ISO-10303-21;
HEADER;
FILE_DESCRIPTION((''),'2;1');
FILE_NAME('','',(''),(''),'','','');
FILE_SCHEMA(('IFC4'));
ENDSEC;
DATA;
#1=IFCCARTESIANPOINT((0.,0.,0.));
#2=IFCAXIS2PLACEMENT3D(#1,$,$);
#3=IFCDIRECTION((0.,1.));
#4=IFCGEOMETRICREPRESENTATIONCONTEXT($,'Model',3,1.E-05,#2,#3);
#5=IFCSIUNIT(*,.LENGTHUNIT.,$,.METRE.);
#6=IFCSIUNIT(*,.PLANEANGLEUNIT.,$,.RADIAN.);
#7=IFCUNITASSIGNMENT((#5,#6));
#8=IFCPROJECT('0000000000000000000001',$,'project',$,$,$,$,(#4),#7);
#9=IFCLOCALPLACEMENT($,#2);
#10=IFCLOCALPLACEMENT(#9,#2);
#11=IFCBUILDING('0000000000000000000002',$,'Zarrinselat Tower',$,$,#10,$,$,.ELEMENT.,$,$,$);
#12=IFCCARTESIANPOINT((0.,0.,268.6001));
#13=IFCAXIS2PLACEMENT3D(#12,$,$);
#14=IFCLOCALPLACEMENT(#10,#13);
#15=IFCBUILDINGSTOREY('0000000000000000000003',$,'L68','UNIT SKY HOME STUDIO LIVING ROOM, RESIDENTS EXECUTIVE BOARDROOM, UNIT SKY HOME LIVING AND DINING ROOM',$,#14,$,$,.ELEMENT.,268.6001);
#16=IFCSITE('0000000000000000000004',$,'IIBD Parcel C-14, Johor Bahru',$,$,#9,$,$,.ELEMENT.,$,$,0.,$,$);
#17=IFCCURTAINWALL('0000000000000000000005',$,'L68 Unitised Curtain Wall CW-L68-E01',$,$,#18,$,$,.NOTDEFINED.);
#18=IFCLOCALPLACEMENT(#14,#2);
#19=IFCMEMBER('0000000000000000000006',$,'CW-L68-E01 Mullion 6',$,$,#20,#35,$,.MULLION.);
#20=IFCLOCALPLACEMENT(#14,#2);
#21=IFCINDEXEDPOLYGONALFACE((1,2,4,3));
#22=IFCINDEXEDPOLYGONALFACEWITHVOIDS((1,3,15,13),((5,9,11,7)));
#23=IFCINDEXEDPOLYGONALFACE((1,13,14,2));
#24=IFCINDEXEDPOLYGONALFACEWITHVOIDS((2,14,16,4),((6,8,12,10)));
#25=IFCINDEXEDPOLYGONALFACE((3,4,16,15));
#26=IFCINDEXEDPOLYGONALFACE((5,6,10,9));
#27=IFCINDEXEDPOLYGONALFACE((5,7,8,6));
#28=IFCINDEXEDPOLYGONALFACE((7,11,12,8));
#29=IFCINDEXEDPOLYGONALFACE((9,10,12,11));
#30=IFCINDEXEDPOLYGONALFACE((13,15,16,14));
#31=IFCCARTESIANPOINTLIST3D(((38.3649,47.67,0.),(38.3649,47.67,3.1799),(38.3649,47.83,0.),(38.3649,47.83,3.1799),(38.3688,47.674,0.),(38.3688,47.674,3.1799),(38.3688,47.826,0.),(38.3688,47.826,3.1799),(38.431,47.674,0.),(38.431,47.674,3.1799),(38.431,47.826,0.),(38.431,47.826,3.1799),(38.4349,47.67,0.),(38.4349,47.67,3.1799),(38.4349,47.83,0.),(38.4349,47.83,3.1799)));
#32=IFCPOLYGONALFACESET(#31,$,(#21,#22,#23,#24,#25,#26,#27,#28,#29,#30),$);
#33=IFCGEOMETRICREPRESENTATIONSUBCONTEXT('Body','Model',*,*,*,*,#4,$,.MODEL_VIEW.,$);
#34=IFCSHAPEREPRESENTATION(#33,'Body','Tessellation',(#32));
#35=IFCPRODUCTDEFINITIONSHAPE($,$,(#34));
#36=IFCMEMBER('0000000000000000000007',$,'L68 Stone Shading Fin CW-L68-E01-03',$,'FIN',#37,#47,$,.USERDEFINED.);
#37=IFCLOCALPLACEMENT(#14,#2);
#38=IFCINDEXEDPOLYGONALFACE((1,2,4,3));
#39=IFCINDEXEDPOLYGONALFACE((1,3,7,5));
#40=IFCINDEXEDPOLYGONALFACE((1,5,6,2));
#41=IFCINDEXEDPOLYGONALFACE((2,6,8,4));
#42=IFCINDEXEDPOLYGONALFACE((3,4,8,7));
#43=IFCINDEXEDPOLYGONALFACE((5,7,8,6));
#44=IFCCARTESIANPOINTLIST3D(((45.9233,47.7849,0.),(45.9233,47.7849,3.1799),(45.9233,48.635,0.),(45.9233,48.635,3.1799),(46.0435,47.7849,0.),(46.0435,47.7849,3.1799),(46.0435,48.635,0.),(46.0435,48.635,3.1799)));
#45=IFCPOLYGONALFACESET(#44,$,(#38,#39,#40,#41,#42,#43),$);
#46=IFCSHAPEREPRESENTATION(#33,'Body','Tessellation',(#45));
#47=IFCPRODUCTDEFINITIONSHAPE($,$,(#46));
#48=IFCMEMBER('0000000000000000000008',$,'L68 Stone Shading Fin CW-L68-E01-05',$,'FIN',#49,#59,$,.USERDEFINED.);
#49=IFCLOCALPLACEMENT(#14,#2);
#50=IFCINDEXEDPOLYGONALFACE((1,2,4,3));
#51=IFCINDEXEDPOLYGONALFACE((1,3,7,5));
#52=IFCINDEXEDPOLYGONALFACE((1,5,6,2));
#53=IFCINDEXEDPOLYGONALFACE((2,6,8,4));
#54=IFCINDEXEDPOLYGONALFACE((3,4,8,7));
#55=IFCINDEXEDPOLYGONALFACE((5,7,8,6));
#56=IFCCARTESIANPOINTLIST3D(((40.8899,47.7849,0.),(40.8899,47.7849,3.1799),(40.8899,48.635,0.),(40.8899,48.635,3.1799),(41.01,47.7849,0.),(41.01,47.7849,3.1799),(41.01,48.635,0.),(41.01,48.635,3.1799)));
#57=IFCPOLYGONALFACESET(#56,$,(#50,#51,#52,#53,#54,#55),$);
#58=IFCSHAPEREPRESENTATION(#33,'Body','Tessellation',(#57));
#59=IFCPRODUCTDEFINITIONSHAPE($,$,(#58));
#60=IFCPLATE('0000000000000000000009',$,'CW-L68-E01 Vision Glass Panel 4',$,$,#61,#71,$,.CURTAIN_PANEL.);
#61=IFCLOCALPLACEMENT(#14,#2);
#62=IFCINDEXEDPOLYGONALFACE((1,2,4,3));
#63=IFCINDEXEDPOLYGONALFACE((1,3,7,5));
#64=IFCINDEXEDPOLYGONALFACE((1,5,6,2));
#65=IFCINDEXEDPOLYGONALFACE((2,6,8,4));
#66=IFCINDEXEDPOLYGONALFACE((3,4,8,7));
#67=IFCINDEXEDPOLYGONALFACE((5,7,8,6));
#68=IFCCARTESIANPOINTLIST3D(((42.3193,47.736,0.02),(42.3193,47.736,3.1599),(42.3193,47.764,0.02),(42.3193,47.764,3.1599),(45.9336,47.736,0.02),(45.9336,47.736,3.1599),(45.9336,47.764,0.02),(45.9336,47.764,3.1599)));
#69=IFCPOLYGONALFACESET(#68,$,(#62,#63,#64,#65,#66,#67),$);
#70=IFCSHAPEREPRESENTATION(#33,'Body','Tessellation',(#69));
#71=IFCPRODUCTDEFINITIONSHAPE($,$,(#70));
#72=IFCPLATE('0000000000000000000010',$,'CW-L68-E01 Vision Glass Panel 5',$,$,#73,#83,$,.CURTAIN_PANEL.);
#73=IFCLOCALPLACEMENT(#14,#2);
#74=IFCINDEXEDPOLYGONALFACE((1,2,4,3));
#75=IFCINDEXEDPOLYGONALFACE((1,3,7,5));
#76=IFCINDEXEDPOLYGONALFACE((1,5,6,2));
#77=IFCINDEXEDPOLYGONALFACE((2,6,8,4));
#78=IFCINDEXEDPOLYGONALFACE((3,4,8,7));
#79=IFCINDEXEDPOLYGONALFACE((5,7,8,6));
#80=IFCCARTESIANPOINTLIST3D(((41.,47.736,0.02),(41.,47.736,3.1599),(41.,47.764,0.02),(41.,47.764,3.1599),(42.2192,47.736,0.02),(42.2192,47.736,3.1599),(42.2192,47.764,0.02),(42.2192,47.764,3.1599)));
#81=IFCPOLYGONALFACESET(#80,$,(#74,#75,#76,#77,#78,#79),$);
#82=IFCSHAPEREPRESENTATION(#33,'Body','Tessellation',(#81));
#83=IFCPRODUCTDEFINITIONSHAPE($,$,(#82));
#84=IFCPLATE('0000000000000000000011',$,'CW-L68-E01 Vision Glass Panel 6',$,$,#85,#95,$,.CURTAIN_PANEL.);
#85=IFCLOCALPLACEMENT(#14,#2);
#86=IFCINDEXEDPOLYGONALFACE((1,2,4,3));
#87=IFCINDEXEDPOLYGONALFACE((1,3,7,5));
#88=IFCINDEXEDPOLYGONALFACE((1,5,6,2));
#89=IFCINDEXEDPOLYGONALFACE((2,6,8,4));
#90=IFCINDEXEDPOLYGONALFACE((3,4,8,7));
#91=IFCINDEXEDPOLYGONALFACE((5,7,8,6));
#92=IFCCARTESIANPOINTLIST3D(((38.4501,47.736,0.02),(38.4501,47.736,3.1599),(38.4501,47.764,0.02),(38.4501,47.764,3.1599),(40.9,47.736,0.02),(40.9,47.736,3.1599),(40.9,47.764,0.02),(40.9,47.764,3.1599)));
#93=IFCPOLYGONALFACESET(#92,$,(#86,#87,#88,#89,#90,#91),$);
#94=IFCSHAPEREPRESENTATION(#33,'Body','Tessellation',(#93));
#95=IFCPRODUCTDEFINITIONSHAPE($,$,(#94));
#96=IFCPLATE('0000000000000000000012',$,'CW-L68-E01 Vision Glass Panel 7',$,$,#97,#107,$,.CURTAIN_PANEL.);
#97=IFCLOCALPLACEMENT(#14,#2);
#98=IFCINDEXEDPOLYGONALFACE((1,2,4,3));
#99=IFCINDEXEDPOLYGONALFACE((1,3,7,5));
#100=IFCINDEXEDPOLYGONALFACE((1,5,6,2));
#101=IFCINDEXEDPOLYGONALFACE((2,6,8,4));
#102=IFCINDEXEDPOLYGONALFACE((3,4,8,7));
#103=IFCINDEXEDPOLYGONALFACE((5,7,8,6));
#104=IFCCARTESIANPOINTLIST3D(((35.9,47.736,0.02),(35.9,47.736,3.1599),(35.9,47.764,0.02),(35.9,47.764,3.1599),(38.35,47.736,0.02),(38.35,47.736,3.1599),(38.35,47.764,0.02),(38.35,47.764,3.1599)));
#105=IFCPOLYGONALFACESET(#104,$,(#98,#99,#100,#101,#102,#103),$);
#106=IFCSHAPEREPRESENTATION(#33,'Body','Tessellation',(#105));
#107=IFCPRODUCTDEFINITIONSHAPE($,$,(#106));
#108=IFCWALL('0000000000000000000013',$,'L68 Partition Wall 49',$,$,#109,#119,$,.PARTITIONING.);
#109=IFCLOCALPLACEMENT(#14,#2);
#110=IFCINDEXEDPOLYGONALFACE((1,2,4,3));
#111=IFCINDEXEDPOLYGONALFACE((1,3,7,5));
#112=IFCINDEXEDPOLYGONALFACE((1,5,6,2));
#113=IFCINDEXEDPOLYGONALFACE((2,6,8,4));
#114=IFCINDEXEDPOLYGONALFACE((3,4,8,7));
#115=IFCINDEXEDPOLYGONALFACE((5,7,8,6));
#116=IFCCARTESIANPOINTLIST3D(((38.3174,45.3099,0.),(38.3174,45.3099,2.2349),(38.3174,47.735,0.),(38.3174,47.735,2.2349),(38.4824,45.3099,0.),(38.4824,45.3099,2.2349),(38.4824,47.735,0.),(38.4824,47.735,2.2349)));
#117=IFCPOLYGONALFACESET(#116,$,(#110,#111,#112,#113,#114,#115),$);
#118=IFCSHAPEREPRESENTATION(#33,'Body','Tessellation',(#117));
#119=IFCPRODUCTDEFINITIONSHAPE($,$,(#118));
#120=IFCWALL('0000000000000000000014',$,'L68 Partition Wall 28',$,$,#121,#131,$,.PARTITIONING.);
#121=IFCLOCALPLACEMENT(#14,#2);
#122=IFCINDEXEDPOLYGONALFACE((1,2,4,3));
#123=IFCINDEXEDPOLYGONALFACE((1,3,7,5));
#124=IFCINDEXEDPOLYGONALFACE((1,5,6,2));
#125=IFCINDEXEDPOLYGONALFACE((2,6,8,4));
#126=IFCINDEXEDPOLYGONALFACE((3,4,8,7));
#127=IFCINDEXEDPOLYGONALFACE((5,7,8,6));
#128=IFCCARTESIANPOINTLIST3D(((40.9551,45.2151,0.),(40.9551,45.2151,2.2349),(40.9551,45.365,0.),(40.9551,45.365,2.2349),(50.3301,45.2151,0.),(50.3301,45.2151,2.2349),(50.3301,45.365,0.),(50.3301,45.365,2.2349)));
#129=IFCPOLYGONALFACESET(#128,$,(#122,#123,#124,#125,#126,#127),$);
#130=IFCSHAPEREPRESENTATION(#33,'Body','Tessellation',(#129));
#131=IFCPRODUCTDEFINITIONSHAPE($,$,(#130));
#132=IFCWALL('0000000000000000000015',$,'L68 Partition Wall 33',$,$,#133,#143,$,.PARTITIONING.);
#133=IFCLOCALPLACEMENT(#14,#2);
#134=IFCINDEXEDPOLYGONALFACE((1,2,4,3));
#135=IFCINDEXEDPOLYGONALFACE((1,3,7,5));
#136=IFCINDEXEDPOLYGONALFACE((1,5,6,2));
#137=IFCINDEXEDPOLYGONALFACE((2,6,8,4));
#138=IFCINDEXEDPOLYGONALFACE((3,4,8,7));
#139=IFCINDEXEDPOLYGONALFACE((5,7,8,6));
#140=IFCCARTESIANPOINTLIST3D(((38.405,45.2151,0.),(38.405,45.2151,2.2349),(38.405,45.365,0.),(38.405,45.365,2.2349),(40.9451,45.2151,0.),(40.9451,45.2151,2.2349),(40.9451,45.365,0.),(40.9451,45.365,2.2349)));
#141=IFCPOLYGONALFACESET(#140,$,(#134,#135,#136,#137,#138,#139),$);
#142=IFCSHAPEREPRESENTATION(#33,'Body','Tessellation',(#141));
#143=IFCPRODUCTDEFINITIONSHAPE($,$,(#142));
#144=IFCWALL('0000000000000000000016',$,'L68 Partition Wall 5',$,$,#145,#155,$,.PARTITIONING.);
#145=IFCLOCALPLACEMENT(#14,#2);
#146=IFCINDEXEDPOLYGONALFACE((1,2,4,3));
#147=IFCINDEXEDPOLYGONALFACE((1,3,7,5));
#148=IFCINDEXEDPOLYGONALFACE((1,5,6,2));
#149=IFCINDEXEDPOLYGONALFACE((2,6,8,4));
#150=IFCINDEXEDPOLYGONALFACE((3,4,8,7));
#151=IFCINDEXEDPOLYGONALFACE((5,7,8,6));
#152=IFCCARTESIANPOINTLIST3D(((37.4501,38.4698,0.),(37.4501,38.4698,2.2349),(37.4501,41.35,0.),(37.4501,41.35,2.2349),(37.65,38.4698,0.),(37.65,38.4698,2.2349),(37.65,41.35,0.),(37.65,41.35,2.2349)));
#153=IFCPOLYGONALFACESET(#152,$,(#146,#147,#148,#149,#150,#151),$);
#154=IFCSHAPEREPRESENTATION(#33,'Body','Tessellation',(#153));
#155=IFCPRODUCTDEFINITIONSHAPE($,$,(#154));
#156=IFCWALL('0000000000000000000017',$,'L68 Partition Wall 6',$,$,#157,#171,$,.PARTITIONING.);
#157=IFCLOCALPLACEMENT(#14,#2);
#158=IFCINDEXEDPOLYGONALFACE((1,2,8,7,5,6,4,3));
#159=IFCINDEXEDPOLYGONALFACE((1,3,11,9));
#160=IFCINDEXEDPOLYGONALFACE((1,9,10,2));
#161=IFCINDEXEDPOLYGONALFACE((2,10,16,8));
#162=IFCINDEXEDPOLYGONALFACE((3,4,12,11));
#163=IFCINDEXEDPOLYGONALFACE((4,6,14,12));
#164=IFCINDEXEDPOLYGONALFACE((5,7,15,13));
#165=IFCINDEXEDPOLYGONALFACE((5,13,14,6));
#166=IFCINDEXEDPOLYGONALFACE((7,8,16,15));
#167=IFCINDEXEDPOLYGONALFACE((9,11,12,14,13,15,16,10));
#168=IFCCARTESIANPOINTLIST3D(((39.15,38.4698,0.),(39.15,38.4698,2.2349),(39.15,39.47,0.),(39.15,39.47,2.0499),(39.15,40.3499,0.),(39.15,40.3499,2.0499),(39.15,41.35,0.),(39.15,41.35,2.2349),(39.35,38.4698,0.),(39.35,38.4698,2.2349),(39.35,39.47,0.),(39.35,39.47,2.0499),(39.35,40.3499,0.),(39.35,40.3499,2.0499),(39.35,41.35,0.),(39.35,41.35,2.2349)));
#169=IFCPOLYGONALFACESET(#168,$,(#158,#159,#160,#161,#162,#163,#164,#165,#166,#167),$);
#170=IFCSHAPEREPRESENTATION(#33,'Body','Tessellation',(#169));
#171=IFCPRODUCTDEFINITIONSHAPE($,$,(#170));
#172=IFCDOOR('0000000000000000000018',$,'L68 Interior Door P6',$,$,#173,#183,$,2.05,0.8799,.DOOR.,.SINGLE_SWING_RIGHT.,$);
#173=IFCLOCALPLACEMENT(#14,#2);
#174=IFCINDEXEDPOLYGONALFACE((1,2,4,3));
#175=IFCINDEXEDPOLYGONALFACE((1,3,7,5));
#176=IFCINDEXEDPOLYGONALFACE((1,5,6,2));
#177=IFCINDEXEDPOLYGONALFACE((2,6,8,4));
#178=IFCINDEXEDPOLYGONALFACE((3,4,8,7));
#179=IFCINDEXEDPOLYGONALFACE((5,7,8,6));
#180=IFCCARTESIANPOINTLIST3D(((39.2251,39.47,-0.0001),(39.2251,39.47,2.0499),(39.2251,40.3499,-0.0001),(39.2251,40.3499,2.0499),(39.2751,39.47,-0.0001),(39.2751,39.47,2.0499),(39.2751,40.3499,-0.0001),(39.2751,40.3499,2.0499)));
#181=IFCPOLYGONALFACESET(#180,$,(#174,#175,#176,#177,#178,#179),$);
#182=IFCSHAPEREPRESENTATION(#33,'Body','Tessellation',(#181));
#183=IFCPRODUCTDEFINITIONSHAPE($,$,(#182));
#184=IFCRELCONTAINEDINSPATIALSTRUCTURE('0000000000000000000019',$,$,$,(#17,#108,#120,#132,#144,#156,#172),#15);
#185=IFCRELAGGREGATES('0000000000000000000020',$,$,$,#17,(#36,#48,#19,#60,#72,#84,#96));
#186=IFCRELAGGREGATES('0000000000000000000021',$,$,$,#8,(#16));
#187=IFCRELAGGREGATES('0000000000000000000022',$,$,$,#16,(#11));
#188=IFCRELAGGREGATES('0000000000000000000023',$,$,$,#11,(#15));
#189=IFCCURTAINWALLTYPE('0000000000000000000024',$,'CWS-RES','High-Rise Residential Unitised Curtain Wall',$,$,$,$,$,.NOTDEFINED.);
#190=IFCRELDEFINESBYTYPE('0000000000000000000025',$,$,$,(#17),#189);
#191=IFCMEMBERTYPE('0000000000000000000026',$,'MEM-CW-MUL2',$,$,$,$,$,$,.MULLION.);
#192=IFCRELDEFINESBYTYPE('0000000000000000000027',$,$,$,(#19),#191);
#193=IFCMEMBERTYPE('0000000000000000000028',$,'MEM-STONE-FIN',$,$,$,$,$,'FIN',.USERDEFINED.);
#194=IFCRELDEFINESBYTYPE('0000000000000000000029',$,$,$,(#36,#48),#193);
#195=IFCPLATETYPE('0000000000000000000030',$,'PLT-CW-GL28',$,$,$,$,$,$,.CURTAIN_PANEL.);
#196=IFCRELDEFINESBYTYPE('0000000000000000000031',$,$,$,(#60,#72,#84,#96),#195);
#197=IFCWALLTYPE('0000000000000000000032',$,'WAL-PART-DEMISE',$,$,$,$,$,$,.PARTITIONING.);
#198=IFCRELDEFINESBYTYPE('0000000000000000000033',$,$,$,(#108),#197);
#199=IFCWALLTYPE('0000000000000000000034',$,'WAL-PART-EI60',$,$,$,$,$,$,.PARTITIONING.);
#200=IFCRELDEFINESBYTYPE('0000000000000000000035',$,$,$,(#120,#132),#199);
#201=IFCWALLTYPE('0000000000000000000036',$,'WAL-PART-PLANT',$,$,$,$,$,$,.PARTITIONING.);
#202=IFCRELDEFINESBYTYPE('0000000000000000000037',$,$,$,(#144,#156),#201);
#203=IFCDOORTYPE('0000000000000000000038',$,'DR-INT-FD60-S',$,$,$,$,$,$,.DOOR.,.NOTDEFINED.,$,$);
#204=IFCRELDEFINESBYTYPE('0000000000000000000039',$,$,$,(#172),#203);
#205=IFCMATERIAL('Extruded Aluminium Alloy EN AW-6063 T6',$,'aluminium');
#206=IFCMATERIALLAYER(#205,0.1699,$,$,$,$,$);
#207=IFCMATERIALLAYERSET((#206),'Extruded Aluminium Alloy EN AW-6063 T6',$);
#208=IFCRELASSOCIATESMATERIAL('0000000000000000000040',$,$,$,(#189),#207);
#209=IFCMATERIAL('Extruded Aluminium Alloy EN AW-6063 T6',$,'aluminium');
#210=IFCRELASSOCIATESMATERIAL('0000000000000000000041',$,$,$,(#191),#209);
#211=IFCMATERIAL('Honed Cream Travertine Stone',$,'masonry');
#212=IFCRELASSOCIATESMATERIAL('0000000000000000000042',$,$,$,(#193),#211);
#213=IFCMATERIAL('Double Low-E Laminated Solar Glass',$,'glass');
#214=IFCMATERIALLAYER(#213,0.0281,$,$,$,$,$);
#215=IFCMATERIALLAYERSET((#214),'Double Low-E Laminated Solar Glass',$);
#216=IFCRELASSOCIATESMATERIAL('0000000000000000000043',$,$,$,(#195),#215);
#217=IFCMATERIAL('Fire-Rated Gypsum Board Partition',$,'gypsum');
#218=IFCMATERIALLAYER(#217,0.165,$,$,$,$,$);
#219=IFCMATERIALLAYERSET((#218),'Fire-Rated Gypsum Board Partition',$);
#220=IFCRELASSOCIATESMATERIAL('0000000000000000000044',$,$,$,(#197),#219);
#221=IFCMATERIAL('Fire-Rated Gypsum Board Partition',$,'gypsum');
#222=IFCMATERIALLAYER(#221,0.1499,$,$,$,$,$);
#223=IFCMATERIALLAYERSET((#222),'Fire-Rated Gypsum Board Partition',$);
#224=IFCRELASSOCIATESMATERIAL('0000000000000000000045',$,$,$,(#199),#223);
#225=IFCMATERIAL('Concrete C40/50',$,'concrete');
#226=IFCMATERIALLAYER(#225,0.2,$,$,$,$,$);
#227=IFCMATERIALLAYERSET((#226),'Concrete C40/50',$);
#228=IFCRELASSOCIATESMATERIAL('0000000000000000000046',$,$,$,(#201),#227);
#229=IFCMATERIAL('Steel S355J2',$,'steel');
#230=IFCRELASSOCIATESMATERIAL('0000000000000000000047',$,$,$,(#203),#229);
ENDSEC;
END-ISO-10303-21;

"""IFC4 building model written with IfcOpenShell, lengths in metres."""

from ifc_helpers import new_model, si_unit, direction, frame, frame_2d, origin, origin_2d, place, context, subcontext, project, spatial, rectangle, hollow_rectangle, extrude, material, layer, layer_set, material_profile, profile_set, type_object, element, fill, aggregate, save


model = new_model("IFC4")

# Units and contexts
model_context = context("Model", 3, precision=1e-05, world=origin(), true_north=direction((0.0, 1.0)))
body_context = subcontext(model_context, "Body", "Model", "MODEL_VIEW")
ifc_project = project(units=[si_unit("LENGTHUNIT", "METRE"), si_unit("PLANEANGLEUNIT", "RADIAN")], contexts=[model_context])

# Site, building, storey
site_placement = place(None, origin())
site = spatial("IfcSite", under=ifc_project, at=site_placement, Name="IIBD Parcel C-14, Johor Bahru", CompositionType="ELEMENT", RefElevation=0.0)
building_placement = place(site_placement, origin())
building = spatial("IfcBuilding", under=site, at=building_placement, Name="Zarrinselat Tower", CompositionType="ELEMENT")
storey_placement = place(building_placement, frame((0.0, 0.0, 268.6001)))
storey = spatial("IfcBuildingStorey", under=building, at=storey_placement, Name="L68", Description="UNIT SKY HOME STUDIO LIVING ROOM, RESIDENTS EXECUTIVE BOARDROOM, UNIT SKY HOME LIVING AND DINING ROOM", CompositionType="ELEMENT", Elevation=268.6001)

# Curtain wall, members, plates
ifc_material_1 = material(Name="Extruded Aluminium Alloy EN AW-6063 T6", Category="aluminium")
ifc_layer_1 = layer(ifc_material_1, 0.1699)
ifc_layer_set_1 = layer_set([ifc_layer_1], Name="Extruded Aluminium Alloy EN AW-6063 T6")
curtain_wall_type = type_object("IfcCurtainWallType", Name="CWS-RES", Description="High-Rise Residential Unitised Curtain Wall", PredefinedType="NOTDEFINED", material=ifc_layer_set_1)
curtain_wall_placement = place(storey_placement, origin())
curtain_wall = element("IfcCurtainWall", 1, at=curtain_wall_placement, inside=storey, type_object=curtain_wall_type, Name="L68 Unitised Curtain Wall CW-L68-E01", PredefinedType="NOTDEFINED")
ifc_material_2 = material(Name="Extruded Aluminium Alloy EN AW-6063 T6", Category="aluminium")
ifc_material_profile_1 = material_profile(ifc_material_2, hollow_rectangle(XDim=0.0701, YDim=0.1599, WallThickness=0.0039, at=origin_2d()), Name="RHS 160x70x4")
ifc_profile_set_1 = profile_set([ifc_material_profile_1], Name="Extruded Aluminium Alloy EN AW-6063 T6")
member_type_1 = type_object("IfcMemberType", Name="MEM-CW-MUL2", PredefinedType="MULLION", material=ifc_profile_set_1)
member_1_placement = place(storey_placement, frame((38.3999, 47.75, 0.0), z_axis=(0.0, 0.0, 1.0), x_axis=(-1.0, 0.0, 0.0)))
member_1 = element("IfcMember", 2, at=member_1_placement, type_object=member_type_1, Name="CW-L68-E01 Mullion 6", PredefinedType="MULLION", context=body_context, shape_type="SweptSolid", body=[
    extrude(hollow_rectangle(XDim=0.0701, YDim=0.1599, WallThickness=0.0039, at=origin_2d()), origin(), (0.0, 0.0, 1.0), 3.1799),
])
ifc_material_3 = material(Name="Honed Cream Travertine Stone", Category="masonry")
ifc_material_profile_2 = material_profile(ifc_material_3, rectangle(XDim=0.1201, YDim=0.8501, at=origin_2d()), Name="FIN 850x120")
ifc_profile_set_2 = profile_set([ifc_material_profile_2], Name="Honed Cream Travertine Stone")
member_type_2 = type_object("IfcMemberType", Name="MEM-STONE-FIN", ElementType="FIN", PredefinedType="USERDEFINED", material=ifc_profile_set_2)
member_2_placement = place(storey_placement, frame((45.9834, 48.21, 0.0), z_axis=(0.0, 0.0, 1.0), x_axis=(1.0, 0.0, 0.0)))
member_2 = element("IfcMember", 3, at=member_2_placement, type_object=member_type_2, Name="L68 Stone Shading Fin CW-L68-E01-03", ObjectType="FIN", PredefinedType="USERDEFINED", context=body_context, shape_type="SweptSolid", body=[
    extrude(rectangle(XDim=0.1201, YDim=0.8501, at=origin_2d()), origin(), (0.0, 0.0, 1.0), 3.1799),
])
member_3_placement = place(storey_placement, frame((40.95, 48.21, 0.0), z_axis=(0.0, 0.0, 1.0), x_axis=(1.0, 0.0, 0.0)))
member_3 = element("IfcMember", 4, at=member_3_placement, type_object=member_type_2, Name="L68 Stone Shading Fin CW-L68-E01-05", ObjectType="FIN", PredefinedType="USERDEFINED", context=body_context, shape_type="SweptSolid", body=[
    extrude(rectangle(XDim=0.1201, YDim=0.8501, at=origin_2d()), origin(), (0.0, 0.0, 1.0), 3.1799),
])
ifc_material_4 = material(Name="Double Low-E Laminated Solar Glass", Category="glass")
ifc_layer_2 = layer(ifc_material_4, 0.0281)
ifc_layer_set_2 = layer_set([ifc_layer_2], Name="Double Low-E Laminated Solar Glass")
plate_type = type_object("IfcPlateType", Name="PLT-CW-GL28", PredefinedType="CURTAIN_PANEL", material=ifc_layer_set_2)
plate_1_placement = place(storey_placement, frame((44.1265, 47.75, 0.02), z_axis=(0.0, 0.0, 1.0), x_axis=(-1.0, 0.0, 0.0)))
plate_1 = element("IfcPlate", 5, at=plate_1_placement, type_object=plate_type, Name="CW-L68-E01 Vision Glass Panel 4", PredefinedType="CURTAIN_PANEL", context=body_context, shape_type="SweptSolid", body=[
    extrude(rectangle(XDim=3.6143, YDim=0.0281, at=origin_2d()), origin(), (0.0, 0.0, 1.0), 3.1399),
])
plate_2_placement = place(storey_placement, frame((41.6096, 47.75, 0.02), z_axis=(0.0, 0.0, 1.0), x_axis=(-1.0, 0.0, 0.0)))
plate_2 = element("IfcPlate", 6, at=plate_2_placement, type_object=plate_type, Name="CW-L68-E01 Vision Glass Panel 5", PredefinedType="CURTAIN_PANEL", context=body_context, shape_type="SweptSolid", body=[
    extrude(rectangle(XDim=1.2192, YDim=0.0281, at=origin_2d()), origin(), (0.0, 0.0, 1.0), 3.1399),
])
plate_3_placement = place(storey_placement, frame((39.675, 47.75, 0.02), z_axis=(0.0, 0.0, 1.0), x_axis=(-1.0, 0.0, 0.0)))
plate_3 = element("IfcPlate", 7, at=plate_3_placement, type_object=plate_type, Name="CW-L68-E01 Vision Glass Panel 6", PredefinedType="CURTAIN_PANEL", context=body_context, shape_type="SweptSolid", body=[
    extrude(rectangle(XDim=2.45, YDim=0.0281, at=origin_2d()), origin(), (0.0, 0.0, 1.0), 3.1399),
])
plate_4_placement = place(storey_placement, frame((37.125, 47.75, 0.02), z_axis=(0.0, 0.0, 1.0), x_axis=(-1.0, 0.0, 0.0)))
plate_4 = element("IfcPlate", 8, at=plate_4_placement, type_object=plate_type, Name="CW-L68-E01 Vision Glass Panel 7", PredefinedType="CURTAIN_PANEL", context=body_context, shape_type="SweptSolid", body=[
    extrude(rectangle(XDim=2.45, YDim=0.0281, at=origin_2d()), origin(), (0.0, 0.0, 1.0), 3.1399),
])
aggregate(curtain_wall, [member_2, member_3, member_1, plate_1, plate_2, plate_3, plate_4])

# Walls
ifc_material_5 = material(Name="Fire-Rated Gypsum Board Partition", Category="gypsum")
ifc_layer_3 = layer(ifc_material_5, 0.165)
ifc_layer_set_3 = layer_set([ifc_layer_3], Name="Fire-Rated Gypsum Board Partition")
wall_type_1 = type_object("IfcWallType", Name="WAL-PART-DEMISE", PredefinedType="PARTITIONING", material=ifc_layer_set_3)
wall_1_placement = place(storey_placement, frame((38.3999, 45.3101, 0.0), z_axis=(0.0, 0.0, 1.0), x_axis=(0.0, 1.0, 0.0)))
element("IfcWall", 9, at=wall_1_placement, inside=storey, type_object=wall_type_1, Name="L68 Partition Wall 49", PredefinedType="PARTITIONING", context=body_context, shape_type="SweptSolid", body=[
    extrude(rectangle(XDim=2.425, YDim=0.165, at=frame_2d((1.2124, 0.0))), origin(), (0.0, 0.0, 1.0), 2.2349),
])
ifc_material_6 = material(Name="Fire-Rated Gypsum Board Partition", Category="gypsum")
ifc_layer_4 = layer(ifc_material_6, 0.1499)
ifc_layer_set_4 = layer_set([ifc_layer_4], Name="Fire-Rated Gypsum Board Partition")
wall_type_2 = type_object("IfcWallType", Name="WAL-PART-EI60", PredefinedType="PARTITIONING", material=ifc_layer_set_4)
wall_2_placement = place(storey_placement, frame((40.9551, 45.29, 0.0), z_axis=(0.0, 0.0, 1.0), x_axis=(1.0, 0.0, 0.0)))
element("IfcWall", 10, at=wall_2_placement, inside=storey, type_object=wall_type_2, Name="L68 Partition Wall 28", PredefinedType="PARTITIONING", context=body_context, shape_type="SweptSolid", body=[
    extrude(rectangle(XDim=9.375, YDim=0.1499, at=frame_2d((4.6875, 0.0))), origin(), (0.0, 0.0, 1.0), 2.2349),
])
wall_3_placement = place(storey_placement, frame((38.405, 45.29, 0.0), z_axis=(0.0, 0.0, 1.0), x_axis=(1.0, 0.0, 0.0)))
element("IfcWall", 11, at=wall_3_placement, inside=storey, type_object=wall_type_2, Name="L68 Partition Wall 33", PredefinedType="PARTITIONING", context=body_context, shape_type="SweptSolid", body=[
    extrude(rectangle(XDim=2.54, YDim=0.1499, at=frame_2d((1.27, 0.0))), origin(), (0.0, 0.0, 1.0), 2.2349),
])
ifc_material_7 = material(Name="Concrete C40/50", Category="concrete")
ifc_layer_5 = layer(ifc_material_7, 0.2)
ifc_layer_set_5 = layer_set([ifc_layer_5], Name="Concrete C40/50")
wall_type_3 = type_object("IfcWallType", Name="WAL-PART-PLANT", PredefinedType="PARTITIONING", material=ifc_layer_set_5)
wall_4_placement = place(storey_placement, frame((37.55, 38.47, 0.0), z_axis=(0.0, 0.0, 1.0), x_axis=(0.0, 1.0, 0.0)))
element("IfcWall", 12, at=wall_4_placement, inside=storey, type_object=wall_type_3, Name="L68 Partition Wall 5", PredefinedType="PARTITIONING", context=body_context, shape_type="SweptSolid", body=[
    extrude(rectangle(XDim=2.8801, YDim=0.2, at=frame_2d((1.4399, 0.0))), origin(), (0.0, 0.0, 1.0), 2.2349),
])

# Wall, opening, door
wall_5_placement = place(storey_placement, frame((39.25, 38.47, 0.0), z_axis=(0.0, 0.0, 1.0), x_axis=(0.0, 1.0, 0.0)))
wall_5 = element("IfcWall", 13, at=wall_5_placement, inside=storey, type_object=wall_type_3, Name="L68 Partition Wall 6", PredefinedType="PARTITIONING", context=body_context, shape_type="SweptSolid", body=[
    extrude(rectangle(XDim=2.8801, YDim=0.2, at=frame_2d((1.4399, 0.0))), origin(), (0.0, 0.0, 1.0), 2.2349),
])
opening_1_placement = place(wall_5_placement, frame((1.0, 0.0, 0.0)))
opening_1 = element("IfcOpeningElement", 14, at=opening_1_placement, cuts=wall_5, PredefinedType="OPENING", context=body_context, shape_type="SweptSolid", body=[
    extrude(rectangle(XDim=0.8799, YDim=2.05, at=frame_2d((0.4399, 1.0249))), frame((0.0, 0.1099, 0.0), z_axis=(0.0, -1.0, 0.0), x_axis=(1.0, 0.0, 0.0)), (0.0, 0.0, 1.0), 0.22),
])
ifc_material_8 = material(Name="Steel S355J2", Category="steel")
door_type_1 = type_object("IfcDoorType", Name="DR-INT-FD60-S", OperationType="NOTDEFINED", PredefinedType="DOOR", material=ifc_material_8)
door_1_placement = place(opening_1_placement, origin())
door_1 = element("IfcDoor", 15, at=door_1_placement, inside=storey, type_object=door_type_1, Name="L68 Interior Door P6", OperationType="SINGLE_SWING_RIGHT", OverallHeight=2.05, OverallWidth=0.8799, PredefinedType="DOOR", context=body_context, shape_type="SweptSolid", body=[
    extrude(rectangle(XDim=0.8799, YDim=2.05, at=frame_2d((0.4399, 1.0249))), frame((0.0, 0.0249, 0.0), z_axis=(0.0, -1.0, 0.0), x_axis=(1.0, 0.0, 0.0)), (0.0, 0.0, 1.0), 0.05),
])
fill(opening_1, door_1)

save(model, "model.ifc")
